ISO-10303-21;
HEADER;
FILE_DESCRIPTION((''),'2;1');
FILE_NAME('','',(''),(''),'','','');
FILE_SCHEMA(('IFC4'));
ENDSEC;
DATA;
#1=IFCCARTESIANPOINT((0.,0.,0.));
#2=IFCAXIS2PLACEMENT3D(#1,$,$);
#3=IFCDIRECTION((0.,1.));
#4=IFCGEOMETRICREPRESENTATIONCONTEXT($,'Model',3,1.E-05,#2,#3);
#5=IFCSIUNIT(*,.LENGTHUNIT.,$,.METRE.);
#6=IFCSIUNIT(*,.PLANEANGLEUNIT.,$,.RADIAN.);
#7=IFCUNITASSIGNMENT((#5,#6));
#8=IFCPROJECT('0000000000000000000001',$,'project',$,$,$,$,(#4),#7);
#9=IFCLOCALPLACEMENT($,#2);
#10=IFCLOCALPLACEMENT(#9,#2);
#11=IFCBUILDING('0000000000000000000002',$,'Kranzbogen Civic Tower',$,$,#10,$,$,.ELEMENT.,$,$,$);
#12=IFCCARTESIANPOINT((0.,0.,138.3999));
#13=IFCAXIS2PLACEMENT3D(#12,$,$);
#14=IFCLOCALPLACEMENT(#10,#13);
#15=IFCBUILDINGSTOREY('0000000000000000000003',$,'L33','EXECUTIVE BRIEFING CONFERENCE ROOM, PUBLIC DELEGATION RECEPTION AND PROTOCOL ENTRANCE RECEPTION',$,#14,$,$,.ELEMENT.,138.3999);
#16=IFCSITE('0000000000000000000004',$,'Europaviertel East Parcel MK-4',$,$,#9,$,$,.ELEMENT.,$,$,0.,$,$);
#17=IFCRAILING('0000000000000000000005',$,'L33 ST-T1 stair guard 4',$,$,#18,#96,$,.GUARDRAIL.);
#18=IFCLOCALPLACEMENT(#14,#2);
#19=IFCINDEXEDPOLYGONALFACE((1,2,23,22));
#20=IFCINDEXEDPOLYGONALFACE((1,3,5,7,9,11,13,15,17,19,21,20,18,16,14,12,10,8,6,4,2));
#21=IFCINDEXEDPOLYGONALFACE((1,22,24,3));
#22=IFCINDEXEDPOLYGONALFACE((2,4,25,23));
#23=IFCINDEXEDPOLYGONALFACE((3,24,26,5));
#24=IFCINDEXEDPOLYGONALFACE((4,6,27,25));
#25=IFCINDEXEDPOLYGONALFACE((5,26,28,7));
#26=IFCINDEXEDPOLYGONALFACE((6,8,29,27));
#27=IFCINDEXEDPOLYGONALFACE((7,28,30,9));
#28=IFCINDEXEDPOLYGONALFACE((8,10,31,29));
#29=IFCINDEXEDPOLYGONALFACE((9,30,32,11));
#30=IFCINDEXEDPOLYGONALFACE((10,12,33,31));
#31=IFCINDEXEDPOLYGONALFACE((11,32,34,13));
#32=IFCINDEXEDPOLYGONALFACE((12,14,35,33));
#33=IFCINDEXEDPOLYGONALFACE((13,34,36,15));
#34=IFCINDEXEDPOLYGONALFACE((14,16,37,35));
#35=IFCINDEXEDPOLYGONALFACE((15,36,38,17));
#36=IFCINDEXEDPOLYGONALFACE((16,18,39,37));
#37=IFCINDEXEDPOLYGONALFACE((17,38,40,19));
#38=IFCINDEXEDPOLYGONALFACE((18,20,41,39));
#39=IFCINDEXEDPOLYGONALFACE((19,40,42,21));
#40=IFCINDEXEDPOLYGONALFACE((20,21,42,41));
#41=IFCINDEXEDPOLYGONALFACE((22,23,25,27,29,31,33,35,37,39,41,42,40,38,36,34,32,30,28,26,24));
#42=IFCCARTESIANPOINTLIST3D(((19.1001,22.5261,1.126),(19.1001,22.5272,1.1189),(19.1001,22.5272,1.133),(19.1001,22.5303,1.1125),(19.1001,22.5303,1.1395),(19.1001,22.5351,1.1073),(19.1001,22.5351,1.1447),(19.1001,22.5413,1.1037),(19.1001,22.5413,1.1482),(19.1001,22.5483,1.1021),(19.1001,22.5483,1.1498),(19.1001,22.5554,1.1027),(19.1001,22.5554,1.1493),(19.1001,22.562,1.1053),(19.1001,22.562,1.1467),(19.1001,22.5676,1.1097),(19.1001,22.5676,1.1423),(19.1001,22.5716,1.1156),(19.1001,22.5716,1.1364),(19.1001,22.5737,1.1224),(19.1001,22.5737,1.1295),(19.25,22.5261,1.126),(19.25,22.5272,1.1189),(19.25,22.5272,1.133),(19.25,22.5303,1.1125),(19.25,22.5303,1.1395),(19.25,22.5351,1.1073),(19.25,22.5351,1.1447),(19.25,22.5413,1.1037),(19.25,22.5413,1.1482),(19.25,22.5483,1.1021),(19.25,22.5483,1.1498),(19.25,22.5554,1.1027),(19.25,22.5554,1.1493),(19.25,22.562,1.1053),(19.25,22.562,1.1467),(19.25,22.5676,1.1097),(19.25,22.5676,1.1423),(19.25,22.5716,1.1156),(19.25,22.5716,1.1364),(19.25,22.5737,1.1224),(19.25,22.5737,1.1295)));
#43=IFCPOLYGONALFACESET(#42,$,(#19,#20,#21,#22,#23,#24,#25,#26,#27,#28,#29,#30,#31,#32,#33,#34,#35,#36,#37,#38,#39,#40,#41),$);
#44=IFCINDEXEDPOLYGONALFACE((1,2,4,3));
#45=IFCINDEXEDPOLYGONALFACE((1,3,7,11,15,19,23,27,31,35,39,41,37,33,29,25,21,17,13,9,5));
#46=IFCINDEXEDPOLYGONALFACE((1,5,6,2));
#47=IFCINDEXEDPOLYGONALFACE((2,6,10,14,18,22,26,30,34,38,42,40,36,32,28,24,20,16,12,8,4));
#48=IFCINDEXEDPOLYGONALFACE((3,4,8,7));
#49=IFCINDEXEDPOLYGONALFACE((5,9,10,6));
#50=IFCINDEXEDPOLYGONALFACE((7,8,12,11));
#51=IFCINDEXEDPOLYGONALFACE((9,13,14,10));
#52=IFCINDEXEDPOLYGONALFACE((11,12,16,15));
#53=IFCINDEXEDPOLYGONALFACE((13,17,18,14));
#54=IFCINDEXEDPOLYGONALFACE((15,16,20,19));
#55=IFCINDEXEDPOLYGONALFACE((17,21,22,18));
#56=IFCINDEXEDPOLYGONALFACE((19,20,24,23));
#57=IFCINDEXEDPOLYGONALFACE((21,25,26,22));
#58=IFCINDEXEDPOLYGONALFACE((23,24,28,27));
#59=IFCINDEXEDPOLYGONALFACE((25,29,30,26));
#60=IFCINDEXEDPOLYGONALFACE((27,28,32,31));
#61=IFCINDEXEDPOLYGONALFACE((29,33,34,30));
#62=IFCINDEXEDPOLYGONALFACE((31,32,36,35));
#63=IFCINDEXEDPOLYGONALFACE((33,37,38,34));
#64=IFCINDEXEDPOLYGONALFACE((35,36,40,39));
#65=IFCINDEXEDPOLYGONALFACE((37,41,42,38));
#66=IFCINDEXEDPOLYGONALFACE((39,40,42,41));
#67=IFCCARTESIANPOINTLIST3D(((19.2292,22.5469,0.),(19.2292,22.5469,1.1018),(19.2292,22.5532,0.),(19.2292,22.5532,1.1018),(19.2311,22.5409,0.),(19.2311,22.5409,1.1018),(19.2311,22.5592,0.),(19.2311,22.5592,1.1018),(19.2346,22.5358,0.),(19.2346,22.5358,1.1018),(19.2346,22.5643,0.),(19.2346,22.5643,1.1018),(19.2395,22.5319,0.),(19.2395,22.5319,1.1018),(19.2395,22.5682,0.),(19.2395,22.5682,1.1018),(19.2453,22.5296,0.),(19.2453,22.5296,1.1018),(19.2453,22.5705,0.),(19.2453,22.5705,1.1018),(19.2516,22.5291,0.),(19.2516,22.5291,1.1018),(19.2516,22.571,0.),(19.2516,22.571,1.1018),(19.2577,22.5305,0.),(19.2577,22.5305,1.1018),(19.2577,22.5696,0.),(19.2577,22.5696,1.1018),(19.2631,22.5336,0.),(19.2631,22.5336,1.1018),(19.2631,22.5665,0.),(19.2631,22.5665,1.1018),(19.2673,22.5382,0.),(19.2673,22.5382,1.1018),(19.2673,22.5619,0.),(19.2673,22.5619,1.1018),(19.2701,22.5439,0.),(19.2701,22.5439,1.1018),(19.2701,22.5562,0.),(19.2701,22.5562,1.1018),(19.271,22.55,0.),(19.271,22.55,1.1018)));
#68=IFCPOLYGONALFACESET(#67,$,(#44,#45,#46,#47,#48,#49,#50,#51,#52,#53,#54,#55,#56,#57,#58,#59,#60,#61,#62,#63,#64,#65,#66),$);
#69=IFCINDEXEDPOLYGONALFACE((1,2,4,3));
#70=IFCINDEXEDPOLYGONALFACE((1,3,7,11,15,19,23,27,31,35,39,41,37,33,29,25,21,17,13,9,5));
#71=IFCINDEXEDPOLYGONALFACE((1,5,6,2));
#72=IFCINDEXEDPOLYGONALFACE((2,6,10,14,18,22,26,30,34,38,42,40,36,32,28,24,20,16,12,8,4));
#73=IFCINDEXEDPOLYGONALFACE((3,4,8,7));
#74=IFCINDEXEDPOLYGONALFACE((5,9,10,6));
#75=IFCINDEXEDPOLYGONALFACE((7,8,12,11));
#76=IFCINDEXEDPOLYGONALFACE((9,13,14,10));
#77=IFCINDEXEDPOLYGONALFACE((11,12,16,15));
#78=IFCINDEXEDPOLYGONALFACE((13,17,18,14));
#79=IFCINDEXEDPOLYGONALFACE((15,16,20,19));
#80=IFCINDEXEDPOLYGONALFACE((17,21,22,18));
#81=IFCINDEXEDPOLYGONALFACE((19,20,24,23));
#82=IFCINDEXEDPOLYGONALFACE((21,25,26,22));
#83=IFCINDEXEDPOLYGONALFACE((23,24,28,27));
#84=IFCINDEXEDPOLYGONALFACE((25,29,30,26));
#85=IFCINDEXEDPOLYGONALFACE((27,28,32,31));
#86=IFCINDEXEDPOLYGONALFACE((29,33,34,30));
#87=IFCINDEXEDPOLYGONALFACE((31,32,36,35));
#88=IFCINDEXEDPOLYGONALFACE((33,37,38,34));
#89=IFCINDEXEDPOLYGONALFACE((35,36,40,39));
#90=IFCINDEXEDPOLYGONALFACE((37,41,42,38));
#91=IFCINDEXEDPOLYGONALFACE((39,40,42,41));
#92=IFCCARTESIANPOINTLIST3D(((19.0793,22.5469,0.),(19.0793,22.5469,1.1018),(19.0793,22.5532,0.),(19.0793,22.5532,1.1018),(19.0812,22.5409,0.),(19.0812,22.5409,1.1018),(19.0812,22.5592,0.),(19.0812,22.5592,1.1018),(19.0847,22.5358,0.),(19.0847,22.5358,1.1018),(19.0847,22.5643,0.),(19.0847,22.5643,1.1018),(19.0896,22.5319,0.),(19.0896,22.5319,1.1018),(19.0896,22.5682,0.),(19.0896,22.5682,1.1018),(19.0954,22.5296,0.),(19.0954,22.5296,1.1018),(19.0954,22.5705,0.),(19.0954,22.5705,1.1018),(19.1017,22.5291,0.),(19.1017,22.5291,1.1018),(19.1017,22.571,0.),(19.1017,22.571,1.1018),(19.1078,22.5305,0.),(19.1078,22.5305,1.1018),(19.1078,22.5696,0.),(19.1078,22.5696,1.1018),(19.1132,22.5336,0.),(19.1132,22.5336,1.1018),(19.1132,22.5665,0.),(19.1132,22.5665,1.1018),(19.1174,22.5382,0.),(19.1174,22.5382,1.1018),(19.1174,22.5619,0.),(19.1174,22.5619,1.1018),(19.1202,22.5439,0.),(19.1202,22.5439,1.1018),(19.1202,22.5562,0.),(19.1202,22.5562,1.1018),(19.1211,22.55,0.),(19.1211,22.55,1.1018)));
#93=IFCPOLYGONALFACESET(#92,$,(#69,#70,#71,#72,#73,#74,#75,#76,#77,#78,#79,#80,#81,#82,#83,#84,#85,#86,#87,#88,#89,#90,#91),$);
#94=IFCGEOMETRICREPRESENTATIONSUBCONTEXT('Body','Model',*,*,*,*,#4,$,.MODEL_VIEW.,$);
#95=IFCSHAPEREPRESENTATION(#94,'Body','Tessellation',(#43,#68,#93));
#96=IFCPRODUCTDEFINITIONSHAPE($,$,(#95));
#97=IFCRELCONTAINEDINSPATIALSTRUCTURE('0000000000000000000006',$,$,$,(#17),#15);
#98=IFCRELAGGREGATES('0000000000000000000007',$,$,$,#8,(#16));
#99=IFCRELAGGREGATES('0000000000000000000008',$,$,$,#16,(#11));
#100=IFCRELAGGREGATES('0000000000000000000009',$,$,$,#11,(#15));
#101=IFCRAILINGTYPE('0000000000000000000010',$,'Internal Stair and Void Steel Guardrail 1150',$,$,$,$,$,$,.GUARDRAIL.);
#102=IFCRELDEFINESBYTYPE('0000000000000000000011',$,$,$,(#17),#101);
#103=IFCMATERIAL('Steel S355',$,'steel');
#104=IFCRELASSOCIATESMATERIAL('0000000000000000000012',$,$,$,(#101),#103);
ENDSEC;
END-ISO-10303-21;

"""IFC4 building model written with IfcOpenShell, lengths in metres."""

from ifc_helpers import new_model, si_unit, direction, frame, origin, origin_2d, place, context, subcontext, project, spatial, circle, extrude, material, type_object, element, save


model = new_model("IFC4")

# Units and contexts
model_context = context("Model", 3, precision=1e-05, world=origin(), true_north=direction((0.0, 1.0)))
body_context = subcontext(model_context, "Body", "Model", "MODEL_VIEW")
ifc_project = project(units=[si_unit("LENGTHUNIT", "METRE"), si_unit("PLANEANGLEUNIT", "RADIAN")], contexts=[model_context])

# Site, building, storey
site_placement = place(None, origin())
site = spatial("IfcSite", under=ifc_project, at=site_placement, Name="Europaviertel East Parcel MK-4", CompositionType="ELEMENT", RefElevation=0.0)
building_placement = place(site_placement, origin())
building = spatial("IfcBuilding", under=site, at=building_placement, Name="Kranzbogen Civic Tower", CompositionType="ELEMENT")
storey_placement = place(building_placement, frame((0.0, 0.0, 138.3999)))
storey = spatial("IfcBuildingStorey", under=building, at=storey_placement, Name="L33", Description="EXECUTIVE BRIEFING CONFERENCE ROOM, PUBLIC DELEGATION RECEPTION AND PROTOCOL ENTRANCE RECEPTION", CompositionType="ELEMENT", Elevation=138.3999)

# Shared definitions
ifc_material_1 = material(Name="Steel S355", Category="steel")

# Railing
railing_type_1 = type_object("IfcRailingType", Name="Internal Stair and Void Steel Guardrail 1150", PredefinedType="GUARDRAIL", material=ifc_material_1)
railing_1_placement = place(storey_placement, frame((19.25, 22.55, 0.0)))
element("IfcRailing", 1, at=railing_1_placement, inside=storey, type_object=railing_type_1, Name="L33 ST-T1 stair guard 4", PredefinedType="GUARDRAIL", context=body_context, shape_type="SweptSolid", body=[
    extrude(circle(Radius=0.0239, at=origin_2d()), frame((0.0, 0.0, 1.126), z_axis=(-1.0, 0.0, 0.0), x_axis=(0.0, -1.0, 0.0)), (0.0, 0.0, 1.0), 0.1499),
    extrude(circle(Radius=0.021, at=origin_2d()), origin(), (0.0, 0.0, 1.0), 1.1018),
    extrude(circle(Radius=0.021, at=origin_2d()), frame((-0.1499, 0.0, 0.0)), (0.0, 0.0, 1.0), 1.1018),
])

save(model, "model.ifc")
